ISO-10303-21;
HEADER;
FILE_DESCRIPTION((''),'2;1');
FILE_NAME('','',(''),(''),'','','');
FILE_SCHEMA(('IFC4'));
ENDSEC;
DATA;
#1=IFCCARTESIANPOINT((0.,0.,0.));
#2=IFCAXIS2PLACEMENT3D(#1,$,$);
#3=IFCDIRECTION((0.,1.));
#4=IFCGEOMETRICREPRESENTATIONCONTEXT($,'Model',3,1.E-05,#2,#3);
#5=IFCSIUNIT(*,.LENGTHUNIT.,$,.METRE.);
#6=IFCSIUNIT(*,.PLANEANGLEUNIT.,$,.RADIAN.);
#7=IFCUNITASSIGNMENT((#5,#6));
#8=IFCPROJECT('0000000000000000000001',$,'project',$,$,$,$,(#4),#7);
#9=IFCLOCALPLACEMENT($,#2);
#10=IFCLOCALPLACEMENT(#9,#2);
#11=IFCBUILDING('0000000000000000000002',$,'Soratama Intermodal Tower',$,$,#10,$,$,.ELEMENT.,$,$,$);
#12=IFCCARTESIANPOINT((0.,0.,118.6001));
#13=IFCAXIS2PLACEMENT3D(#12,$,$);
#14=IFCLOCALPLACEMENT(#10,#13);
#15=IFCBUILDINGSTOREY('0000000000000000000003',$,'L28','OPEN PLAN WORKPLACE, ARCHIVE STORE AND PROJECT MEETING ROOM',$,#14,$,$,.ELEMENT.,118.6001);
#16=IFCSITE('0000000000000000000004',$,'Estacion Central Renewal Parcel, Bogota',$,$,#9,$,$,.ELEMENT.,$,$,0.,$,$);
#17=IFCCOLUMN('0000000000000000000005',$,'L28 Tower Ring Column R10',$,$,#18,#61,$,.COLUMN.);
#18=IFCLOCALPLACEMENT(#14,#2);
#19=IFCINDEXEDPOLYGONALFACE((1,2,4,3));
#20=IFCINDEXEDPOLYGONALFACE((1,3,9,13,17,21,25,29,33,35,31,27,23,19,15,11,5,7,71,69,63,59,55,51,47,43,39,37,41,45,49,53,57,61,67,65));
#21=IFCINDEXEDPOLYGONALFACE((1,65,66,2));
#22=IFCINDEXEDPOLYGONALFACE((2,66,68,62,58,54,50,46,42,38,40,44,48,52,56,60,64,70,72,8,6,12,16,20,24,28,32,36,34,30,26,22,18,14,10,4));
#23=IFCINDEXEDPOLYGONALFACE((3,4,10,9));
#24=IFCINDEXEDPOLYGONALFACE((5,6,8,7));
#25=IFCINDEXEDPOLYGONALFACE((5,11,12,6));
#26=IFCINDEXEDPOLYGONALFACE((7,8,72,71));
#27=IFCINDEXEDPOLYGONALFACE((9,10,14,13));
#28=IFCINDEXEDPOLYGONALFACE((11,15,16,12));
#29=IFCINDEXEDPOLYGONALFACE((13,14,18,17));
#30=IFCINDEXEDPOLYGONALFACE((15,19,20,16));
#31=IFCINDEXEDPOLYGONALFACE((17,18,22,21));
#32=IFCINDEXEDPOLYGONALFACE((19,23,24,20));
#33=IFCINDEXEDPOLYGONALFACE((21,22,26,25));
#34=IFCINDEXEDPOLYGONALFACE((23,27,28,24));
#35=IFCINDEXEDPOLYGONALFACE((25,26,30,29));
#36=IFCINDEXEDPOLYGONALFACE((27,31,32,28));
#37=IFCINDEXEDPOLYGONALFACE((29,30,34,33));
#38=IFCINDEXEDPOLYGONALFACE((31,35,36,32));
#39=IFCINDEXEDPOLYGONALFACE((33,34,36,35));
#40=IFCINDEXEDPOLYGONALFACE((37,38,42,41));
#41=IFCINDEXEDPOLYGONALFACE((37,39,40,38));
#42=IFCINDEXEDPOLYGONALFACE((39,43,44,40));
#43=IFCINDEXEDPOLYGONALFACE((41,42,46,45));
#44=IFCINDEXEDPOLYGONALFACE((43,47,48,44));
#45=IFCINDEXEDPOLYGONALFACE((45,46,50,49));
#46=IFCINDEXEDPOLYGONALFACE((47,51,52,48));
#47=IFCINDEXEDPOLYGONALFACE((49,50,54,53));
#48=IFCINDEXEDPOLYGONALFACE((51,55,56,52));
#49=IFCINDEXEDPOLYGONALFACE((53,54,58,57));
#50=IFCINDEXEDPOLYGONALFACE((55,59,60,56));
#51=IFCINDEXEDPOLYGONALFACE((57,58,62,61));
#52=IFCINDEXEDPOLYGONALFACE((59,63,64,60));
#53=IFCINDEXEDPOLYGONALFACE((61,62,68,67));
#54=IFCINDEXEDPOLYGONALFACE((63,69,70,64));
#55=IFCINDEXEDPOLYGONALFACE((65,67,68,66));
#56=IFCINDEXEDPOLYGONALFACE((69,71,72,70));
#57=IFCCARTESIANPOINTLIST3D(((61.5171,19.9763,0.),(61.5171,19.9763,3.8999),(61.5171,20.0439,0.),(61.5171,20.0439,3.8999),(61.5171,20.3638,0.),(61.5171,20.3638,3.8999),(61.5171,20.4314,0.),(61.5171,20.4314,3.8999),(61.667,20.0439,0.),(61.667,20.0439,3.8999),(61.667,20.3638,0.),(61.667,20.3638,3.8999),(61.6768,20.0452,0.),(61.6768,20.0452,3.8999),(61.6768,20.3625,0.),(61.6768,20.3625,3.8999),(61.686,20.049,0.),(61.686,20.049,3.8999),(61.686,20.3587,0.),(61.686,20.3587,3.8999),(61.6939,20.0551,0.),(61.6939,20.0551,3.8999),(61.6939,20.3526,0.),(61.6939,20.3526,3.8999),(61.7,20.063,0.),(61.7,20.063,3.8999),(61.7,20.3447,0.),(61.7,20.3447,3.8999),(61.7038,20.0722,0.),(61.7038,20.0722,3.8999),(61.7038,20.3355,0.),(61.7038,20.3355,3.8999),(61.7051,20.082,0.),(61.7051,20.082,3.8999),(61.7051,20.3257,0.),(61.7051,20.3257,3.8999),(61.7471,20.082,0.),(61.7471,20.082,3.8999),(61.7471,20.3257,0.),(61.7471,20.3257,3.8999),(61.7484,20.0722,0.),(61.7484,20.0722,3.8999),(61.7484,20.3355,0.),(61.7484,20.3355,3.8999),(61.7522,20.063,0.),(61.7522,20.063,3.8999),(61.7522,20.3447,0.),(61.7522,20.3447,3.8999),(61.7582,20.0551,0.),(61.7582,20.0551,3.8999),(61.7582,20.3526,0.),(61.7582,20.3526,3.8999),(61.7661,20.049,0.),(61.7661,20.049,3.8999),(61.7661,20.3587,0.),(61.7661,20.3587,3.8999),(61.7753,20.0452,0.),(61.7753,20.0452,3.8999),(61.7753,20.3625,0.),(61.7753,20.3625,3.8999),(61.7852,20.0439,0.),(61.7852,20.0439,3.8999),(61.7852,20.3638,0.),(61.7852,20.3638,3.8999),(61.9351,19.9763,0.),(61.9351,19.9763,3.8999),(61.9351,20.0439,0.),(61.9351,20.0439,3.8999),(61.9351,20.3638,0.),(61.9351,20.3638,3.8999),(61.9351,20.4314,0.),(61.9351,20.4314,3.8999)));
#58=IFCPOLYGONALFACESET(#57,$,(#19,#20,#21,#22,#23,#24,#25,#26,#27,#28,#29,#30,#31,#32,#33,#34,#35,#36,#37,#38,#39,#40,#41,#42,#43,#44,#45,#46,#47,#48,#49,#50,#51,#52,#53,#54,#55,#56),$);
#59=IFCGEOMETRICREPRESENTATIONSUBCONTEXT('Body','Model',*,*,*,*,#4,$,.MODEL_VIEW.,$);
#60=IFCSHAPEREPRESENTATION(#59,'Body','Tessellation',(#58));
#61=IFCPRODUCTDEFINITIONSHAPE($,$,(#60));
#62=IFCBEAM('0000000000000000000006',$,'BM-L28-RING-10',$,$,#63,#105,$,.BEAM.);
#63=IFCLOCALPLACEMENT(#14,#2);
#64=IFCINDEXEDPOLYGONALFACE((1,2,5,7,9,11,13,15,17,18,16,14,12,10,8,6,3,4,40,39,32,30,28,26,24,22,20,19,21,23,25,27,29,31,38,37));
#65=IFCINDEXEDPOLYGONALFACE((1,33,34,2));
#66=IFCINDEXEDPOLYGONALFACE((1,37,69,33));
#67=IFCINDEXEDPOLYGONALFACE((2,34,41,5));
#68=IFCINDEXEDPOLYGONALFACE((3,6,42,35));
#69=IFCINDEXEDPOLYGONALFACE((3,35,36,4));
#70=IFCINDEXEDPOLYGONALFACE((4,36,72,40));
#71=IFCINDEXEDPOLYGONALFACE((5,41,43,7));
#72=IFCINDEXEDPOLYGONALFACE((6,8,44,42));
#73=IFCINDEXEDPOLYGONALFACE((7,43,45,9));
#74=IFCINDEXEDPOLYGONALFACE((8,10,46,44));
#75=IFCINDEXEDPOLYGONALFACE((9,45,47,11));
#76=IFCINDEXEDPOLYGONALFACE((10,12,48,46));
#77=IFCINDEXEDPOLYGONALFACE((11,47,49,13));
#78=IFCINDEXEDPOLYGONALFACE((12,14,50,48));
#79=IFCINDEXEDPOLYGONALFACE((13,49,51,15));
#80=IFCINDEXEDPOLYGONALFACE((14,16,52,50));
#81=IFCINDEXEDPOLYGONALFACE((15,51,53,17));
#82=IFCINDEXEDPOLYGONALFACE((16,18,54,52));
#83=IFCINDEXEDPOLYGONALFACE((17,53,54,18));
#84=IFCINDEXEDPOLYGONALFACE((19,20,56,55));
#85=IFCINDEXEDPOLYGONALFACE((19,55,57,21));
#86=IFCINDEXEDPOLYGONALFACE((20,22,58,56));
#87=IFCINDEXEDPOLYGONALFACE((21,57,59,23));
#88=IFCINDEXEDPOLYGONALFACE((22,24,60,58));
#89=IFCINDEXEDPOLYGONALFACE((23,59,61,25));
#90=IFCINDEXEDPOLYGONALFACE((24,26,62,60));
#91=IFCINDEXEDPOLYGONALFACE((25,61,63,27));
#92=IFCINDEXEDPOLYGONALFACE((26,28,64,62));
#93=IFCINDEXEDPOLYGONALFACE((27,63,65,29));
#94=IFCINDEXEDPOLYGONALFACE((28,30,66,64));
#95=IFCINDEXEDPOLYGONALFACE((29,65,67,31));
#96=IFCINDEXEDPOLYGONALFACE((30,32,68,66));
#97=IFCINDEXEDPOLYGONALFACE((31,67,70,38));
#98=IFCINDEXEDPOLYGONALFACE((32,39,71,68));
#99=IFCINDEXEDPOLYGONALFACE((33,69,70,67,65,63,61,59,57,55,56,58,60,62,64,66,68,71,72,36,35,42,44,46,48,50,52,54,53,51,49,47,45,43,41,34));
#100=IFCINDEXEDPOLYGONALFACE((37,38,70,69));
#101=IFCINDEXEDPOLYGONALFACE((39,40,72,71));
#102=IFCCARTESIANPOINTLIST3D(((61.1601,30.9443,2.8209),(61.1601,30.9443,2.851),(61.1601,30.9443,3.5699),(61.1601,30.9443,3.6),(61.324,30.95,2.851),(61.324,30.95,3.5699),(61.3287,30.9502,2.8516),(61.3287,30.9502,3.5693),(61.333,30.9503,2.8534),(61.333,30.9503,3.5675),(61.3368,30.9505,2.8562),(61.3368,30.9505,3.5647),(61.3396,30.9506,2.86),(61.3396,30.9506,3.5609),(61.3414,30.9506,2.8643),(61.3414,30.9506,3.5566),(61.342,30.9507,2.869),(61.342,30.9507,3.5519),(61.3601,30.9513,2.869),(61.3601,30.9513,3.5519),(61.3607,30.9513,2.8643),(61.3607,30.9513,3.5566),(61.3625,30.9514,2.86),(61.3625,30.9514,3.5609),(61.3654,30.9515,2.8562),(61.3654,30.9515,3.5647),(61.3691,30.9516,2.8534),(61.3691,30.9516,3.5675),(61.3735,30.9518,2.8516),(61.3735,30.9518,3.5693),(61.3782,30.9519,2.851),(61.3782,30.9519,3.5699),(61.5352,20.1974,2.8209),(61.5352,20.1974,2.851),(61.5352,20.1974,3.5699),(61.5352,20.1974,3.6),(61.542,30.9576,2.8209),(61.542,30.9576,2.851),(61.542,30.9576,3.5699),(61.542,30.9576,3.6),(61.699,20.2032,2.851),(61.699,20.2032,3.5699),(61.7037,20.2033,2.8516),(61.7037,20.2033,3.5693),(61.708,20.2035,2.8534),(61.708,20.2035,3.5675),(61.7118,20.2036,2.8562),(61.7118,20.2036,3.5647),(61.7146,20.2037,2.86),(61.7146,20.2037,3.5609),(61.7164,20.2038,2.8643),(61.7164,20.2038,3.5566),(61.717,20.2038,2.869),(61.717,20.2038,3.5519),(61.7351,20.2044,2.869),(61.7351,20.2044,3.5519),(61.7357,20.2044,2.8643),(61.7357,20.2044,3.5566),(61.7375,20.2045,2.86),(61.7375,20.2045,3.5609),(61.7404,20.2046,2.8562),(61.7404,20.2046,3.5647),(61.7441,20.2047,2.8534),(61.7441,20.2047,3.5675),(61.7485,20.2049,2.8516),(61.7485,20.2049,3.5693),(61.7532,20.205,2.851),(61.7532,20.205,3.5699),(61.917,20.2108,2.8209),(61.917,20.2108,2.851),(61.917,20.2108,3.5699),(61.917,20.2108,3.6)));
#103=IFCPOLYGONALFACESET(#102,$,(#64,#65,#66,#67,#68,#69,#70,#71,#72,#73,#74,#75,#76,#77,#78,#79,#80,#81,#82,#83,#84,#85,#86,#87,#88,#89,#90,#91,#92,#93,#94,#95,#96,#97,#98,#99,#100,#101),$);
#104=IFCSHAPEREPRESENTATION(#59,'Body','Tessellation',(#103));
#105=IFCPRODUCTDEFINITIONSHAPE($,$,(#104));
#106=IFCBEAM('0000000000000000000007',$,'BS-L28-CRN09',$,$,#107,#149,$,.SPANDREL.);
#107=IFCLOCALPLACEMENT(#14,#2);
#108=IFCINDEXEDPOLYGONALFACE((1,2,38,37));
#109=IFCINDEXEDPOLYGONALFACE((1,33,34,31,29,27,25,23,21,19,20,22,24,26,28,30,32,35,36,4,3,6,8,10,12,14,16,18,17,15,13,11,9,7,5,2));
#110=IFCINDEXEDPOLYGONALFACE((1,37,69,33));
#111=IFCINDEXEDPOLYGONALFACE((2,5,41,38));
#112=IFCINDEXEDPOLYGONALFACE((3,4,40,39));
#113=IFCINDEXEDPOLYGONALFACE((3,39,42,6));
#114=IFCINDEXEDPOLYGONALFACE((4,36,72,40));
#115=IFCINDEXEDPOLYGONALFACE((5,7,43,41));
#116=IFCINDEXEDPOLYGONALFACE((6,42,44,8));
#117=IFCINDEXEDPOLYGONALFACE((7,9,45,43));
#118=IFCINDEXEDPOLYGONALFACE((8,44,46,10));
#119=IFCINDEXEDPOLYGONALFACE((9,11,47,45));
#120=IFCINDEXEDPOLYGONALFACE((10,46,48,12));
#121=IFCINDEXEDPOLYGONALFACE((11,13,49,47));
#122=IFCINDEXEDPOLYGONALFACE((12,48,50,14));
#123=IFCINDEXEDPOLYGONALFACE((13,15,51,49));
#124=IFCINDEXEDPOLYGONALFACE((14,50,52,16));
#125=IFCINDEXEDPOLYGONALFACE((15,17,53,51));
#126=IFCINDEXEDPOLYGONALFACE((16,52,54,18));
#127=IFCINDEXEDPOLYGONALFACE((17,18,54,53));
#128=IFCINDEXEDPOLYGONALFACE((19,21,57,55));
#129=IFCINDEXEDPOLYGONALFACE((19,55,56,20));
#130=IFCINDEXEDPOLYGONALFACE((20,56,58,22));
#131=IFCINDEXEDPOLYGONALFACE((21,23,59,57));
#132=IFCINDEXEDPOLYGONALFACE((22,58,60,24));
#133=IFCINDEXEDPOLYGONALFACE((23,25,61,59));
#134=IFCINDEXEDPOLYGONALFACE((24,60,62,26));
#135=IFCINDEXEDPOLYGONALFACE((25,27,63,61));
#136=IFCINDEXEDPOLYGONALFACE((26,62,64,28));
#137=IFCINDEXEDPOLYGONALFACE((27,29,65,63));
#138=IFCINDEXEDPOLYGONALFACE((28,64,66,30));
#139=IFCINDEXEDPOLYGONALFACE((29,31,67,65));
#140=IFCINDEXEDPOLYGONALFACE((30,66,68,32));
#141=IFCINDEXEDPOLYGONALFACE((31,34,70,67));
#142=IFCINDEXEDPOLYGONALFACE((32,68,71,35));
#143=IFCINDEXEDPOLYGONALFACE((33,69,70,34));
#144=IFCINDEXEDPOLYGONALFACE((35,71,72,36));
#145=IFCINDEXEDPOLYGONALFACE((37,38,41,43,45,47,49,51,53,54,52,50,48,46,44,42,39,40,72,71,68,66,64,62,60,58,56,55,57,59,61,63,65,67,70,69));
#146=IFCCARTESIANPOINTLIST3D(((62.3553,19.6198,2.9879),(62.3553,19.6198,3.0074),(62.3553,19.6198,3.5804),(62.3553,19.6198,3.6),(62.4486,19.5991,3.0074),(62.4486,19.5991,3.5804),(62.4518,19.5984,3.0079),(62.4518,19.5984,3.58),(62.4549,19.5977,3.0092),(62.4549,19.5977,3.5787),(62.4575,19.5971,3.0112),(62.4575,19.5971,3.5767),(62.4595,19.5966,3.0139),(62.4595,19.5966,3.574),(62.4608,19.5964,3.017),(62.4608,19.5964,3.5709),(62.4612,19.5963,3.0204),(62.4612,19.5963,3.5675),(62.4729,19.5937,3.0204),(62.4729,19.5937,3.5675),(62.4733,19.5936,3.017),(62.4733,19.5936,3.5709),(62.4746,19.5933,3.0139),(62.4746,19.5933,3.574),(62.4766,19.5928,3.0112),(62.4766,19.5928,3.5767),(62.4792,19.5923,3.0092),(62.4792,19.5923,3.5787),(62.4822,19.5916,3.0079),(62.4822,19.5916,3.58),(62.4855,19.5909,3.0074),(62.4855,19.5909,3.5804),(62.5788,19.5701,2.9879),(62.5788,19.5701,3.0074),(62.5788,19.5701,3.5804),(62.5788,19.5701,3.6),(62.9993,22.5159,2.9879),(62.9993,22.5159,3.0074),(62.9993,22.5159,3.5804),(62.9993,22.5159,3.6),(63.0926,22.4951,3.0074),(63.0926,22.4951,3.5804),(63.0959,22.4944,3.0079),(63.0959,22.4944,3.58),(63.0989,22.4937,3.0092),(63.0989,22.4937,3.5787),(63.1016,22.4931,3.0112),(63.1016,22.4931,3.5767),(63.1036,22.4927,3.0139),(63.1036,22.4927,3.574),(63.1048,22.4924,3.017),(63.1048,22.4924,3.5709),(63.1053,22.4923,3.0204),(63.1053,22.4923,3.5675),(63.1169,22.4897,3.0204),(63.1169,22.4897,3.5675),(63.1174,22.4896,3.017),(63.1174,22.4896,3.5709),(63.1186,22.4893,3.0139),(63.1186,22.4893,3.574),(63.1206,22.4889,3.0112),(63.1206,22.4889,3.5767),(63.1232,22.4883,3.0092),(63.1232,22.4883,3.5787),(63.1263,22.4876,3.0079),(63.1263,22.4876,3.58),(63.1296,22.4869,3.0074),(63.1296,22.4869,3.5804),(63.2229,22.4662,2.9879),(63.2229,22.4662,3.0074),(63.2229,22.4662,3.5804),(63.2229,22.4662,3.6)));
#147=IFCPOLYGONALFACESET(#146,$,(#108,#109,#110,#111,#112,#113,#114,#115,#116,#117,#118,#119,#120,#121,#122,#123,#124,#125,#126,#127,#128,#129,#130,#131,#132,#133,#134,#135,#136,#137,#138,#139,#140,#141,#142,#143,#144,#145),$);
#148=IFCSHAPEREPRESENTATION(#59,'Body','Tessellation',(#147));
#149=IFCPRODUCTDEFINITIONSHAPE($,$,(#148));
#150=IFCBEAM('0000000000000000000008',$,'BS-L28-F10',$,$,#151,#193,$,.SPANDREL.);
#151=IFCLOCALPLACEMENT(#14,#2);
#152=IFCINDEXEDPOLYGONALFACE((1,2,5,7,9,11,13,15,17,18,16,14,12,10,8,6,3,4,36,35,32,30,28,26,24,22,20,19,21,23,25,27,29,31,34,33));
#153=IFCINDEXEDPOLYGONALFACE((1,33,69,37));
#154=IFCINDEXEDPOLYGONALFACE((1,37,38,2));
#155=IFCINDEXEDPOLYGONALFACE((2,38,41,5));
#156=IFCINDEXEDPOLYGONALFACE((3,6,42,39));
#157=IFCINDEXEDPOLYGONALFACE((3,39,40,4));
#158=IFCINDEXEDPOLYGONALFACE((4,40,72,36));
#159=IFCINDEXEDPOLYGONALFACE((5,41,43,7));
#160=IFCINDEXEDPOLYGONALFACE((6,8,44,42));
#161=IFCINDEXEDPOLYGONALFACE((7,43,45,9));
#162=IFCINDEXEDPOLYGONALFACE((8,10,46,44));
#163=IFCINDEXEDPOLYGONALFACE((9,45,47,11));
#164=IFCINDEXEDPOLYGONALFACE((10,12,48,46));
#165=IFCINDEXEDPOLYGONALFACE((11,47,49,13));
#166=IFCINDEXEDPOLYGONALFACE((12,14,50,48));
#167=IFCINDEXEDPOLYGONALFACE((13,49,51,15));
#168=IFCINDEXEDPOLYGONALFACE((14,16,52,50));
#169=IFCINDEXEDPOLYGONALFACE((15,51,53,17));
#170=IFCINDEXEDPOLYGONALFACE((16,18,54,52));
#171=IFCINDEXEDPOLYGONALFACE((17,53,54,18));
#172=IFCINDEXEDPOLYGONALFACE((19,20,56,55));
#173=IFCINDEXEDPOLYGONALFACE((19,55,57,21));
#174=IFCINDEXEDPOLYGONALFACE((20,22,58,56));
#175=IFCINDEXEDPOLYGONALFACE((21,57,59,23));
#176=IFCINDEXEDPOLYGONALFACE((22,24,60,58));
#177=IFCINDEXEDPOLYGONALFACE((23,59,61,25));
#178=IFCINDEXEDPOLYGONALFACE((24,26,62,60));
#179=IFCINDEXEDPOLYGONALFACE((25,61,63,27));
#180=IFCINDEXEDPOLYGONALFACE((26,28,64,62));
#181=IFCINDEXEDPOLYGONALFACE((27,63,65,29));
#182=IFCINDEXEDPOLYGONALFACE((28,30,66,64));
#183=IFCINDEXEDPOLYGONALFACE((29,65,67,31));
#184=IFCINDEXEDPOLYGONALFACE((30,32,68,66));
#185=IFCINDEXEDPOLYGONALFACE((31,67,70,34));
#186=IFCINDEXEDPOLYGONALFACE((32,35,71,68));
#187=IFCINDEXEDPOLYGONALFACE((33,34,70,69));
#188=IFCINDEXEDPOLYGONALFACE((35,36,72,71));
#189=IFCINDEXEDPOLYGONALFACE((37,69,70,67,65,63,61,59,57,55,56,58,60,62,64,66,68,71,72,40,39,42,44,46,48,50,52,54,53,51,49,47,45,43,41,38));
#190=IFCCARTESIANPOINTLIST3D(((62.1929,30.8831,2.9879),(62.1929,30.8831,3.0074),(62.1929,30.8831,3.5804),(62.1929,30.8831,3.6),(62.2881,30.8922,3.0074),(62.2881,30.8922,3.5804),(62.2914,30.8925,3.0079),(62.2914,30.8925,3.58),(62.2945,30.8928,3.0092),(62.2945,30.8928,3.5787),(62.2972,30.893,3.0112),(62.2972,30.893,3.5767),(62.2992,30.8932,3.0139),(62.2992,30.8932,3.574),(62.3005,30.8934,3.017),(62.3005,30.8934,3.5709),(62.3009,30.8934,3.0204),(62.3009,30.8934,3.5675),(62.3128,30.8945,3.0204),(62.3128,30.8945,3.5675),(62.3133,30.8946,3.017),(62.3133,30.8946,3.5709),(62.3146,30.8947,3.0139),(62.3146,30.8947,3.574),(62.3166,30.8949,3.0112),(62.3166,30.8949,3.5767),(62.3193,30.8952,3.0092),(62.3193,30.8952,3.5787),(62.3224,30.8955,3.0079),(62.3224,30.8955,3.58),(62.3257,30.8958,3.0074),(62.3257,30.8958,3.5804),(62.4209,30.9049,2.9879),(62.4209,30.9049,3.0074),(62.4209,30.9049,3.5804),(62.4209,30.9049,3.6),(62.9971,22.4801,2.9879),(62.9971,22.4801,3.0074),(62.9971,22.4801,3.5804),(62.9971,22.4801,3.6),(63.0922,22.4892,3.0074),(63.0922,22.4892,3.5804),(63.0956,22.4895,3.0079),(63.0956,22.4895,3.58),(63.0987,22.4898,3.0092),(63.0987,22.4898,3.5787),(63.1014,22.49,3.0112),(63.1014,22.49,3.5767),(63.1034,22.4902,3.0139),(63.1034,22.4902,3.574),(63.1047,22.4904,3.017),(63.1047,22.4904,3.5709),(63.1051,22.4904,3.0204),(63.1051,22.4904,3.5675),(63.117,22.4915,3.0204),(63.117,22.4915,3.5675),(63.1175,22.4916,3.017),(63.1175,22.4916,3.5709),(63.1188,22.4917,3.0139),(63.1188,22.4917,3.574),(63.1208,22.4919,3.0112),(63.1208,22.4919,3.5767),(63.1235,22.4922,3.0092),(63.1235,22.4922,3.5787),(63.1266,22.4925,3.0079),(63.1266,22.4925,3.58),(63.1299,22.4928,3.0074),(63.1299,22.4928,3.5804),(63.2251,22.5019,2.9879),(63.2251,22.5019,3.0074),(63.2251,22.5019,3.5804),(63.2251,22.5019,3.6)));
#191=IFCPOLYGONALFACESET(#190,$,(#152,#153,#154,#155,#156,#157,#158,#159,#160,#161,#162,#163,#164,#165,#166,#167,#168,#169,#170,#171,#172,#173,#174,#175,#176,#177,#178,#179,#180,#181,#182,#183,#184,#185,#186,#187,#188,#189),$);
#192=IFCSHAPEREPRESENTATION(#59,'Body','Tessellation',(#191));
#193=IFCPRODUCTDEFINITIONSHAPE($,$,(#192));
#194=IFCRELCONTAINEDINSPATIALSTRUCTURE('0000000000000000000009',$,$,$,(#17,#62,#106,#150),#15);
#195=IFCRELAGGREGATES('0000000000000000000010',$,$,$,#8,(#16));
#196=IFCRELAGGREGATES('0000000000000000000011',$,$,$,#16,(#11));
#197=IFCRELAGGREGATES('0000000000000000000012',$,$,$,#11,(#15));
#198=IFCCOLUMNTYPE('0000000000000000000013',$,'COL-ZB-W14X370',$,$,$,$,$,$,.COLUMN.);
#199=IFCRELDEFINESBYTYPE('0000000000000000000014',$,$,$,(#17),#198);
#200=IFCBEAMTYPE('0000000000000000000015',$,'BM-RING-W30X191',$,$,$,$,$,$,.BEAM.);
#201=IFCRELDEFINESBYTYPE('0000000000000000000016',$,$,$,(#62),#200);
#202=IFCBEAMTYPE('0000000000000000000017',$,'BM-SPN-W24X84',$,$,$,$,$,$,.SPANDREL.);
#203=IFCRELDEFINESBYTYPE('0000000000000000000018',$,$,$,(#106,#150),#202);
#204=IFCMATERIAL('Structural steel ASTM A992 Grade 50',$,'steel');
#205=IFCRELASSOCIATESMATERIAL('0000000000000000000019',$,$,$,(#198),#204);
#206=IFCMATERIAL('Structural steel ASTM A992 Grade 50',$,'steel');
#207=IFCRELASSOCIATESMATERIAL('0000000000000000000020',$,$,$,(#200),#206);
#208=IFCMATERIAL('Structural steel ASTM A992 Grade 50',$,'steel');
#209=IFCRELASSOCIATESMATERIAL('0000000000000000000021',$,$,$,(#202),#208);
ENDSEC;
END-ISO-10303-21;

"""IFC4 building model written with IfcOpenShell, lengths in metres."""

from ifc_helpers import new_model, si_unit, direction, frame, origin, origin_2d, place, context, subcontext, project, spatial, i_section, extrude, material, material_profile, profile_set, type_object, element, save


model = new_model("IFC4")

# Units and contexts
model_context = context("Model", 3, precision=1e-05, world=origin(), true_north=direction((0.0, 1.0)))
body_context = subcontext(model_context, "Body", "Model", "MODEL_VIEW")
ifc_project = project(units=[si_unit("LENGTHUNIT", "METRE"), si_unit("PLANEANGLEUNIT", "RADIAN")], contexts=[model_context])

# Site, building, storey
site_placement = place(None, origin())
site = spatial("IfcSite", under=ifc_project, at=site_placement, Name="Estacion Central Renewal Parcel, Bogota", CompositionType="ELEMENT", RefElevation=0.0)
building_placement = place(site_placement, origin())
building = spatial("IfcBuilding", under=site, at=building_placement, Name="Soratama Intermodal Tower", CompositionType="ELEMENT")
storey_placement = place(building_placement, frame((0.0, 0.0, 118.6001)))
storey = spatial("IfcBuildingStorey", under=building, at=storey_placement, Name="L28", Description="OPEN PLAN WORKPLACE, ARCHIVE STORE AND PROJECT MEETING ROOM", CompositionType="ELEMENT", Elevation=118.6001)

# Column
ifc_material_1 = material(Name="Structural steel ASTM A992 Grade 50", Category="steel")
ifc_material_profile_1 = material_profile(ifc_material_1, i_section(OverallWidth=0.418, OverallDepth=0.4551, WebThickness=0.042, FlangeThickness=0.0676, FilletRadius=0.0381, at=origin_2d()), Name="W14X370")
ifc_profile_set_1 = profile_set([ifc_material_profile_1], Name="Structural steel ASTM A992 Grade 50")
column_type = type_object("IfcColumnType", Name="COL-ZB-W14X370", PredefinedType="COLUMN", material=ifc_profile_set_1)
column_placement = place(storey_placement, frame((61.7261, 20.2039, 0.0), z_axis=(0.0, 0.0, 1.0), x_axis=(1.0, 0.0, 0.0)))
element("IfcColumn", 1, at=column_placement, inside=storey, type_object=column_type, Name="L28 Tower Ring Column R10", PredefinedType="COLUMN", context=body_context, shape_type="SweptSolid", body=[
    extrude(i_section(OverallWidth=0.418, OverallDepth=0.4551, WebThickness=0.042, FlangeThickness=0.0676, FilletRadius=0.0381, at=origin_2d()), origin(), (0.0, 0.0, 1.0), 3.8999),
])

# Beams
ifc_material_2 = material(Name="Structural steel ASTM A992 Grade 50", Category="steel")
ifc_material_profile_2 = material_profile(ifc_material_2, i_section(OverallWidth=0.3821, OverallDepth=0.7791, WebThickness=0.0181, FlangeThickness=0.03, FilletRadius=0.0181, at=origin_2d()), Name="W30X191")
ifc_profile_set_2 = profile_set([ifc_material_profile_2], Name="Structural steel ASTM A992 Grade 50")
beam_type_1 = type_object("IfcBeamType", Name="BM-RING-W30X191", PredefinedType="BEAM", material=ifc_profile_set_2)
beam_1_placement = place(storey_placement, frame((61.7261, 20.2041, 3.2104), z_axis=(-0.034873, 0.999392, 0.0), x_axis=(-0.999392, -0.034873, 0.0)))
element("IfcBeam", 2, at=beam_1_placement, inside=storey, type_object=beam_type_1, Name="BM-L28-RING-10", PredefinedType="BEAM", context=body_context, shape_type="SweptSolid", body=[
    extrude(i_section(OverallWidth=0.3821, OverallDepth=0.7791, WebThickness=0.0181, FlangeThickness=0.03, FilletRadius=0.0181, at=origin_2d()), origin(), (0.0, 0.0, 1.0), 10.7534),
])
ifc_material_3 = material(Name="Structural steel ASTM A992 Grade 50", Category="steel")
ifc_material_profile_3 = material_profile(ifc_material_3, i_section(OverallWidth=0.229, OverallDepth=0.6121, WebThickness=0.012, FlangeThickness=0.0195, FilletRadius=0.0129, at=origin_2d()), Name="W24X84")
ifc_profile_set_3 = profile_set([ifc_material_profile_3], Name="Structural steel ASTM A992 Grade 50")
beam_type_2 = type_object("IfcBeamType", Name="BM-SPN-W24X84", PredefinedType="SPANDREL", material=ifc_profile_set_3)
beam_2_placement = place(storey_placement, frame((62.467, 19.595, 3.2939), z_axis=(0.217087, 0.976152, 0.0), x_axis=(-0.976152, 0.217087, 0.0)))
element("IfcBeam", 3, at=beam_2_placement, inside=storey, type_object=beam_type_2, Name="BS-L28-CRN09", PredefinedType="SPANDREL", context=body_context, shape_type="SweptSolid", body=[
    extrude(i_section(OverallWidth=0.229, OverallDepth=0.6121, WebThickness=0.012, FlangeThickness=0.0195, FilletRadius=0.0129, at=origin_2d()), origin(), (0.0, 0.0, 1.0), 2.9668),
])
beam_3_placement = place(storey_placement, frame((63.1111, 22.491, 3.2939), z_axis=(-0.095268, 0.995452, 0.0), x_axis=(-0.995452, -0.095268, 0.0)))
element("IfcBeam", 4, at=beam_3_placement, inside=storey, type_object=beam_type_2, Name="BS-L28-F10", PredefinedType="SPANDREL", context=body_context, shape_type="SweptSolid", body=[
    extrude(i_section(OverallWidth=0.229, OverallDepth=0.6121, WebThickness=0.012, FlangeThickness=0.0195, FilletRadius=0.0129, at=origin_2d()), origin(), (0.0, 0.0, 1.0), 8.4414),
])

save(model, "model.ifc")
